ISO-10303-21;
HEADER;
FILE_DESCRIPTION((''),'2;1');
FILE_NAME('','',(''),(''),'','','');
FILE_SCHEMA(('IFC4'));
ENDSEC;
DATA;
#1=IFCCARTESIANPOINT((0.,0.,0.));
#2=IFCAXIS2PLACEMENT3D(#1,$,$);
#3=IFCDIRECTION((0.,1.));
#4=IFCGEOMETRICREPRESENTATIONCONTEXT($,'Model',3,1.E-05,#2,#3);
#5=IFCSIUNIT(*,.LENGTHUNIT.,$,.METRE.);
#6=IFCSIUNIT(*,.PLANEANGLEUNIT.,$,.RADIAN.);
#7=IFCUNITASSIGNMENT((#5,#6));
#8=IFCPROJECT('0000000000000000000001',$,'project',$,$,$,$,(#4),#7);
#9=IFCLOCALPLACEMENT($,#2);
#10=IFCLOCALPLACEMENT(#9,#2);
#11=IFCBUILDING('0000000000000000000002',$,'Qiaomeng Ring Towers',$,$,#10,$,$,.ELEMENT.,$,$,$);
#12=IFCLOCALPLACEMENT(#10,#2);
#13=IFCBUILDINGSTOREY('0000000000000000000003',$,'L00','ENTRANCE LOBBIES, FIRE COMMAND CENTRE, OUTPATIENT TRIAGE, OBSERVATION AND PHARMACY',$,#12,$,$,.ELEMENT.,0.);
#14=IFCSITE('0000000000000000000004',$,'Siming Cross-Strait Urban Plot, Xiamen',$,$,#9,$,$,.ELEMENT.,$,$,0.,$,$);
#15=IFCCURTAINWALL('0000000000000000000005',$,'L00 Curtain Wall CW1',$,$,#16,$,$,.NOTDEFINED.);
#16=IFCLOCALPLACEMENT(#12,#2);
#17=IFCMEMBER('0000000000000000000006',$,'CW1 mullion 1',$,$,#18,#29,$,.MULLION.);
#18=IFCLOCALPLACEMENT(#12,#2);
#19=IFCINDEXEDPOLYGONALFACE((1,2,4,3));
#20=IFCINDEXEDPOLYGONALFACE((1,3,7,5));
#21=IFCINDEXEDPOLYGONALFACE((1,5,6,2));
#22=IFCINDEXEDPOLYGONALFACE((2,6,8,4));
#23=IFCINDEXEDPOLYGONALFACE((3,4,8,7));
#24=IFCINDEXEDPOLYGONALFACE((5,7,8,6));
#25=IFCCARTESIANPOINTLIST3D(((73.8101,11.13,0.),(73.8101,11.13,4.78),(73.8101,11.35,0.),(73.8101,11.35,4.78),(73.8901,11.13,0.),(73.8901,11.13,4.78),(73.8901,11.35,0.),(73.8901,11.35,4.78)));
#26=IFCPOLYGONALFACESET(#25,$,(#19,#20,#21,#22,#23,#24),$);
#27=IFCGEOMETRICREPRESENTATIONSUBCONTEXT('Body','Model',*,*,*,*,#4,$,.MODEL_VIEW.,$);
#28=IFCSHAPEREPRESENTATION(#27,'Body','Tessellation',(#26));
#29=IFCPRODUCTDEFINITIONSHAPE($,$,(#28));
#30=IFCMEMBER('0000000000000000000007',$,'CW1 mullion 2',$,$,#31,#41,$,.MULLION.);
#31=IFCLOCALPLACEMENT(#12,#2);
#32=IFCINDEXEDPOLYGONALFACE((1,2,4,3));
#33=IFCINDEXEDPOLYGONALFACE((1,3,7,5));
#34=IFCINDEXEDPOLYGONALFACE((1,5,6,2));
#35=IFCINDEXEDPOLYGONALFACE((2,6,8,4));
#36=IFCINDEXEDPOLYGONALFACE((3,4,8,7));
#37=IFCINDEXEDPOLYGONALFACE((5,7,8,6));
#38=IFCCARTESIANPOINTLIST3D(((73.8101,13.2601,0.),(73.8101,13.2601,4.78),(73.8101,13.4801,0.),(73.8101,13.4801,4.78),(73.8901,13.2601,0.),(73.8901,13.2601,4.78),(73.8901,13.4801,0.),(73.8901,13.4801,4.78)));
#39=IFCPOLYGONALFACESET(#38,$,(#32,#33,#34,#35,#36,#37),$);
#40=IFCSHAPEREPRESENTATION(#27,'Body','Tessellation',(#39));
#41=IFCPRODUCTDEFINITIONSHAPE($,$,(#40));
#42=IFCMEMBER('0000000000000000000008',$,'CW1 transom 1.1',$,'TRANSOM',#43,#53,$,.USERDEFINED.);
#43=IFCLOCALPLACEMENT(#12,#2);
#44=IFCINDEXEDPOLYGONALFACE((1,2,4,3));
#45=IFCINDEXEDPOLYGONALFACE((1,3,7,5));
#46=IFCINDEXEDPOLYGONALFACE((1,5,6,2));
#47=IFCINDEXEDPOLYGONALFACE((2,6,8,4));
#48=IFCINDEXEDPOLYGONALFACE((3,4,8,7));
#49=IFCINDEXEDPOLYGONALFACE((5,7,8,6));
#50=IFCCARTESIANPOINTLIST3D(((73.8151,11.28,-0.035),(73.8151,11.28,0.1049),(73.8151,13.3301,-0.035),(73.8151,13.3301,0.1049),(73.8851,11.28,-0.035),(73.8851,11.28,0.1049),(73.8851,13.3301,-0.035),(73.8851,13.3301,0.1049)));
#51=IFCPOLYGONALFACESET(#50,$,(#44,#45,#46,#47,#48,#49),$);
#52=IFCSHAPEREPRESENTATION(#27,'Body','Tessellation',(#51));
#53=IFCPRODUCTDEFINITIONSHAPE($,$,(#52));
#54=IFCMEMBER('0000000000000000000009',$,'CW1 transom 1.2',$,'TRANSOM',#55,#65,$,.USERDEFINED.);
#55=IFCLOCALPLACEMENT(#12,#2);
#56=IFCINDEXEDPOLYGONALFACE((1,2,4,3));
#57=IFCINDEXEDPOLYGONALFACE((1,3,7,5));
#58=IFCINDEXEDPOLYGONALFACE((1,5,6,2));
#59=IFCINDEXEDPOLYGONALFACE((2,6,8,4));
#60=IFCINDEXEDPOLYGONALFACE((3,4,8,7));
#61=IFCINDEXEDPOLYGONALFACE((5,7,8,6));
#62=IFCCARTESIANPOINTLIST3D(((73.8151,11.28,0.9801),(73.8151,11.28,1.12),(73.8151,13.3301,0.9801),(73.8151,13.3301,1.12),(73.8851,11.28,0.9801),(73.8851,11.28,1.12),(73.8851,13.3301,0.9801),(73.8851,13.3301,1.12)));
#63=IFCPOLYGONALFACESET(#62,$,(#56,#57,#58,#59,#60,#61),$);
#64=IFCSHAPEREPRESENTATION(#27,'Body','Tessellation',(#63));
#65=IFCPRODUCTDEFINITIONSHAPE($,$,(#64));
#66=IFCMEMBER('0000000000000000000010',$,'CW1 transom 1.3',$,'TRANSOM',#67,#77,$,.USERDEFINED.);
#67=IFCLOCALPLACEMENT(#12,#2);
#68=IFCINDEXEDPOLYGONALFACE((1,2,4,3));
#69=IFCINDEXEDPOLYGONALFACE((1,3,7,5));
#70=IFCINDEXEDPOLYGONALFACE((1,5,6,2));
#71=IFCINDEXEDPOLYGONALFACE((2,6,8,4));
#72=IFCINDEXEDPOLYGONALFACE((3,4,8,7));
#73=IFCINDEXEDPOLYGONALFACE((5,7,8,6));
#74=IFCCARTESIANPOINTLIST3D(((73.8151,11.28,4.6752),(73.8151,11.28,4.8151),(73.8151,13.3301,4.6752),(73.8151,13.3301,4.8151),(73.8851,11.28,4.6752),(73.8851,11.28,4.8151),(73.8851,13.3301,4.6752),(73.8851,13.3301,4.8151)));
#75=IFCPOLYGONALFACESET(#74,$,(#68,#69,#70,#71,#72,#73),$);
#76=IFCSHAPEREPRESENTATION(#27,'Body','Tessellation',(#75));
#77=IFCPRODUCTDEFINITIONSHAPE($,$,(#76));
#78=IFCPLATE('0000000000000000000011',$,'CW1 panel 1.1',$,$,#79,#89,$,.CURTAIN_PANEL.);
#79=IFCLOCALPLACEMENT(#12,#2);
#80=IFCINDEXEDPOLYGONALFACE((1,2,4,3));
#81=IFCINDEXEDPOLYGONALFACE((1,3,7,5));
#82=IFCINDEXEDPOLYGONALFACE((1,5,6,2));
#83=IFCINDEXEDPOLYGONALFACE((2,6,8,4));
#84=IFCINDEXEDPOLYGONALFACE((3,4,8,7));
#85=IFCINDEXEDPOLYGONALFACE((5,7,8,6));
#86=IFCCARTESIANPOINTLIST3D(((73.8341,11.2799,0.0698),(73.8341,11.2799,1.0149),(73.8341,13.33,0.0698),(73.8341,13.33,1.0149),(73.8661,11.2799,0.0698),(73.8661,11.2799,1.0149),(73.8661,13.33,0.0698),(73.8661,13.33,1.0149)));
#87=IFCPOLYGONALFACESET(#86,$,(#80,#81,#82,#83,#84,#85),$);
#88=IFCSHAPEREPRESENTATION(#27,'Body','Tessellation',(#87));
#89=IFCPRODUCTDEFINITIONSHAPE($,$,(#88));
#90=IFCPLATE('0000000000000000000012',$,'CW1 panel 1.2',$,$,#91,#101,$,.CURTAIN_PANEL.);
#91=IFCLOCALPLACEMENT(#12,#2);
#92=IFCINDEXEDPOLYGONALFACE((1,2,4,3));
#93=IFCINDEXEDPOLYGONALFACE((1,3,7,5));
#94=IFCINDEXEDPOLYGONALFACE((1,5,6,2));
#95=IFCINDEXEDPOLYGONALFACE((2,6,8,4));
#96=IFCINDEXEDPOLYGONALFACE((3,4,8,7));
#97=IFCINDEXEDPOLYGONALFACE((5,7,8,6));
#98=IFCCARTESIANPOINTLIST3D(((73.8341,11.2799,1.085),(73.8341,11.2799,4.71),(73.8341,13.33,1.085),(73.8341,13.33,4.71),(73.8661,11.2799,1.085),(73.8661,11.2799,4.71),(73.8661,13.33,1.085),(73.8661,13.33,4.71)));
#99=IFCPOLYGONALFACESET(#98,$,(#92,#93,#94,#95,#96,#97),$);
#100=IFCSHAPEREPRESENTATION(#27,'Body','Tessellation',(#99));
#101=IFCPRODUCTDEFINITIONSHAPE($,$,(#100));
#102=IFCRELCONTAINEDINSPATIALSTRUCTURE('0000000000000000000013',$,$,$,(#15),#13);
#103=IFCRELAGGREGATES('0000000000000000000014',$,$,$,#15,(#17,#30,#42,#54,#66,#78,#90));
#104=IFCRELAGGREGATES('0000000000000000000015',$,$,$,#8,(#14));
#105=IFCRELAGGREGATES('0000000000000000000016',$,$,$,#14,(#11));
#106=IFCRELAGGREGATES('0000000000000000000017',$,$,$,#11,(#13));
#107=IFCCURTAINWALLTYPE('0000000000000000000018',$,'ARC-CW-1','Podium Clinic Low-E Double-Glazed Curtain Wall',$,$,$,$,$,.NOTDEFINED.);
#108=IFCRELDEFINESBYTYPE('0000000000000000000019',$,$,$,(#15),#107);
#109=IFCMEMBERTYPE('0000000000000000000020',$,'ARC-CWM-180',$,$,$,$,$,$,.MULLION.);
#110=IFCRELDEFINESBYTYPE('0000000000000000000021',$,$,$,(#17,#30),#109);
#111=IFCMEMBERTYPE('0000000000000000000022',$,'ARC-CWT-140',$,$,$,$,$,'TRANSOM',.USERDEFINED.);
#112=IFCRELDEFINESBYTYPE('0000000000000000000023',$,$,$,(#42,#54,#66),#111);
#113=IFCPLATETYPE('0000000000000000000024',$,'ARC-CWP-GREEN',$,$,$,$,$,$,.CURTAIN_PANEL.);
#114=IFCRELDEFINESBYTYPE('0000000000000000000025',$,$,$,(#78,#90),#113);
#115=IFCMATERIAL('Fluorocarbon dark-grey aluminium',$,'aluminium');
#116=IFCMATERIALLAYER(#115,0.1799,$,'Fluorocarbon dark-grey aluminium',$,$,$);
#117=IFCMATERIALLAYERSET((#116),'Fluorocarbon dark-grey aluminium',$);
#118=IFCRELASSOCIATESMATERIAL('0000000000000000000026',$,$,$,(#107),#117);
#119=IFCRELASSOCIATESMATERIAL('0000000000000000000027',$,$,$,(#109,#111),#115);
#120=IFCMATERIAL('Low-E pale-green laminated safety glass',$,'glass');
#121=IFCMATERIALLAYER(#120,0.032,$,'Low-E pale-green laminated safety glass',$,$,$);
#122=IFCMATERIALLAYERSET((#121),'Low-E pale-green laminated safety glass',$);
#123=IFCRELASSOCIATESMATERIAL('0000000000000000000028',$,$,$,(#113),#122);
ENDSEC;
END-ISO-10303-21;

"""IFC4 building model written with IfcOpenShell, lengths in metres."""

from ifc_helpers import new_model, si_unit, direction, frame, origin, origin_2d, place, context, subcontext, project, spatial, rectangle, extrude, source, transform, mapped, material, layer, layer_set, material_profile, profile_set, type_object, element, aggregate, save


model = new_model("IFC4")

# Units and contexts
model_context = context("Model", 3, precision=1e-05, world=origin(), true_north=direction((0.0, 1.0)))
body_context = subcontext(model_context, "Body", "Model", "MODEL_VIEW")
ifc_project = project(units=[si_unit("LENGTHUNIT", "METRE"), si_unit("PLANEANGLEUNIT", "RADIAN")], contexts=[model_context])

# Site, building, storey
site_placement = place(None, origin())
site = spatial("IfcSite", under=ifc_project, at=site_placement, Name="Siming Cross-Strait Urban Plot, Xiamen", CompositionType="ELEMENT", RefElevation=0.0)
building_placement = place(site_placement, origin())
building = spatial("IfcBuilding", under=site, at=building_placement, Name="Qiaomeng Ring Towers", CompositionType="ELEMENT")
storey_placement = place(building_placement, origin())
storey = spatial("IfcBuildingStorey", under=building, at=storey_placement, Name="L00", Description="ENTRANCE LOBBIES, FIRE COMMAND CENTRE, OUTPATIENT TRIAGE, OBSERVATION AND PHARMACY", CompositionType="ELEMENT", Elevation=0.0)

# Curtain wall, members, plates
ifc_material_1 = material(Name="Fluorocarbon dark-grey aluminium", Category="aluminium")
ifc_layer_1 = layer(ifc_material_1, 0.1799, Name="Fluorocarbon dark-grey aluminium")
ifc_layer_set_1 = layer_set([ifc_layer_1], Name="Fluorocarbon dark-grey aluminium")
curtain_wall_type = type_object("IfcCurtainWallType", Name="ARC-CW-1", Description="Podium Clinic Low-E Double-Glazed Curtain Wall", PredefinedType="NOTDEFINED", material=ifc_layer_set_1)
curtain_wall_placement = place(storey_placement, origin())
curtain_wall = element("IfcCurtainWall", 1, at=curtain_wall_placement, inside=storey, type_object=curtain_wall_type, Name="L00 Curtain Wall CW1", PredefinedType="NOTDEFINED")
ifc_material_profile_1 = material_profile(ifc_material_1, rectangle(XDim=0.0801, YDim=0.22, at=origin_2d()), Name="ALU MULL 80x220")
ifc_profile_set_1 = profile_set([ifc_material_profile_1], Name="Fluorocarbon dark-grey aluminium")
member_type_1 = type_object("IfcMemberType", Name="ARC-CWM-180", PredefinedType="MULLION", material=ifc_profile_set_1)
shared_shape_1 = source(origin(), body_context, "Body", "SweptSolid", [
    extrude(rectangle(XDim=0.0801, YDim=0.22, at=origin_2d()), origin(), (0.0, 0.0, 1.0), 4.78),
])
member_1_placement = place(storey_placement, frame((73.8501, 11.24, 0.0), z_axis=(0.0, 0.0, 1.0), x_axis=(-1.0, 0.0, 0.0)))
member_1 = element("IfcMember", 2, at=member_1_placement, type_object=member_type_1, Name="CW1 mullion 1", PredefinedType="MULLION", context=body_context, shape_type="MappedRepresentation", body=[
    mapped(shared_shape_1, transform((0.0, 0.0, 0.0), x_axis=(1.0, 0.0, 0.0), y_axis=(0.0, 1.0, 0.0), z_axis=(0.0, 0.0, 1.0), scale=1.0)),
])
member_2_placement = place(storey_placement, frame((73.8501, 13.3701, 0.0), z_axis=(0.0, 0.0, 1.0), x_axis=(-1.0, 0.0, 0.0)))
member_2 = element("IfcMember", 3, at=member_2_placement, type_object=member_type_1, Name="CW1 mullion 2", PredefinedType="MULLION", context=body_context, shape_type="MappedRepresentation", body=[
    mapped(shared_shape_1, transform((0.0, 0.0, 0.0), x_axis=(1.0, 0.0, 0.0), y_axis=(0.0, 1.0, 0.0), z_axis=(0.0, 0.0, 1.0), scale=1.0)),
])
ifc_material_profile_2 = material_profile(ifc_material_1, rectangle(XDim=0.0701, YDim=0.1399, at=origin_2d()), Name="ALU TRAN 70x140")
ifc_profile_set_2 = profile_set([ifc_material_profile_2], Name="Fluorocarbon dark-grey aluminium")
member_type_2 = type_object("IfcMemberType", Name="ARC-CWT-140", ElementType="TRANSOM", PredefinedType="USERDEFINED", material=ifc_profile_set_2)
shared_shape_2 = source(origin(), body_context, "Body", "SweptSolid", [
    extrude(rectangle(XDim=0.0701, YDim=0.1399, at=origin_2d()), origin(), (0.0, 0.0, 1.0), 2.05),
])
member_3_placement = place(storey_placement, frame((73.8501, 11.28, 0.0349), z_axis=(0.0, 1.0, 0.0), x_axis=(-1.0, 0.0, 0.0)))
member_3 = element("IfcMember", 4, at=member_3_placement, type_object=member_type_2, Name="CW1 transom 1.1", ObjectType="TRANSOM", PredefinedType="USERDEFINED", context=body_context, shape_type="MappedRepresentation", body=[
    mapped(shared_shape_2, transform((0.0, 0.0, 0.0), x_axis=(1.0, 0.0, 0.0), y_axis=(0.0, 1.0, 0.0), z_axis=(0.0, 0.0, 1.0), scale=1.0)),
])
member_4_placement = place(storey_placement, frame((73.8501, 11.28, 1.05), z_axis=(0.0, 1.0, 0.0), x_axis=(-1.0, 0.0, 0.0)))
member_4 = element("IfcMember", 5, at=member_4_placement, type_object=member_type_2, Name="CW1 transom 1.2", ObjectType="TRANSOM", PredefinedType="USERDEFINED", context=body_context, shape_type="MappedRepresentation", body=[
    mapped(shared_shape_2, transform((0.0, 0.0, 0.0), x_axis=(1.0, 0.0, 0.0), y_axis=(0.0, 1.0, 0.0), z_axis=(0.0, 0.0, 1.0), scale=1.0)),
])
member_5_placement = place(storey_placement, frame((73.8501, 11.28, 4.7451), z_axis=(0.0, 1.0, 0.0), x_axis=(-1.0, 0.0, 0.0)))
member_5 = element("IfcMember", 6, at=member_5_placement, type_object=member_type_2, Name="CW1 transom 1.3", ObjectType="TRANSOM", PredefinedType="USERDEFINED", context=body_context, shape_type="MappedRepresentation", body=[
    mapped(shared_shape_2, transform((0.0, 0.0, 0.0), x_axis=(1.0, 0.0, 0.0), y_axis=(0.0, 1.0, 0.0), z_axis=(0.0, 0.0, 1.0), scale=1.0)),
])
ifc_material_2 = material(Name="Low-E pale-green laminated safety glass", Category="glass")
ifc_layer_2 = layer(ifc_material_2, 0.032, Name="Low-E pale-green laminated safety glass")
ifc_layer_set_2 = layer_set([ifc_layer_2], Name="Low-E pale-green laminated safety glass")
plate_type = type_object("IfcPlateType", Name="ARC-CWP-GREEN", PredefinedType="CURTAIN_PANEL", material=ifc_layer_set_2)
shared_shape_3 = source(origin(), body_context, "Body", "SweptSolid", [
    extrude(rectangle(XDim=2.05, YDim=0.032, at=origin_2d()), origin(), (0.0, 0.0, 1.0), 0.9451),
])
plate_1_placement = place(storey_placement, frame((73.8501, 12.3049, 0.0698), z_axis=(0.0, 0.0, 1.0), x_axis=(0.0, 1.0, 0.0)))
plate_1 = element("IfcPlate", 7, at=plate_1_placement, type_object=plate_type, Name="CW1 panel 1.1", PredefinedType="CURTAIN_PANEL", context=body_context, shape_type="MappedRepresentation", body=[
    mapped(shared_shape_3, transform((0.0, 0.0, 0.0), x_axis=(1.0, 0.0, 0.0), y_axis=(0.0, 1.0, 0.0), z_axis=(0.0, 0.0, 1.0), scale=1.0)),
])
shared_shape_4 = source(origin(), body_context, "Body", "SweptSolid", [
    extrude(rectangle(XDim=2.05, YDim=0.032, at=origin_2d()), origin(), (0.0, 0.0, 1.0), 3.625),
])
plate_2_placement = place(storey_placement, frame((73.8501, 12.3049, 1.085), z_axis=(0.0, 0.0, 1.0), x_axis=(0.0, 1.0, 0.0)))
plate_2 = element("IfcPlate", 8, at=plate_2_placement, type_object=plate_type, Name="CW1 panel 1.2", PredefinedType="CURTAIN_PANEL", context=body_context, shape_type="MappedRepresentation", body=[
    mapped(shared_shape_4, transform((0.0, 0.0, 0.0), x_axis=(1.0, 0.0, 0.0), y_axis=(0.0, 1.0, 0.0), z_axis=(0.0, 0.0, 1.0), scale=1.0)),
])
aggregate(curtain_wall, [member_1, member_2, member_3, member_4, member_5, plate_1, plate_2])

save(model, "model.ifc")
